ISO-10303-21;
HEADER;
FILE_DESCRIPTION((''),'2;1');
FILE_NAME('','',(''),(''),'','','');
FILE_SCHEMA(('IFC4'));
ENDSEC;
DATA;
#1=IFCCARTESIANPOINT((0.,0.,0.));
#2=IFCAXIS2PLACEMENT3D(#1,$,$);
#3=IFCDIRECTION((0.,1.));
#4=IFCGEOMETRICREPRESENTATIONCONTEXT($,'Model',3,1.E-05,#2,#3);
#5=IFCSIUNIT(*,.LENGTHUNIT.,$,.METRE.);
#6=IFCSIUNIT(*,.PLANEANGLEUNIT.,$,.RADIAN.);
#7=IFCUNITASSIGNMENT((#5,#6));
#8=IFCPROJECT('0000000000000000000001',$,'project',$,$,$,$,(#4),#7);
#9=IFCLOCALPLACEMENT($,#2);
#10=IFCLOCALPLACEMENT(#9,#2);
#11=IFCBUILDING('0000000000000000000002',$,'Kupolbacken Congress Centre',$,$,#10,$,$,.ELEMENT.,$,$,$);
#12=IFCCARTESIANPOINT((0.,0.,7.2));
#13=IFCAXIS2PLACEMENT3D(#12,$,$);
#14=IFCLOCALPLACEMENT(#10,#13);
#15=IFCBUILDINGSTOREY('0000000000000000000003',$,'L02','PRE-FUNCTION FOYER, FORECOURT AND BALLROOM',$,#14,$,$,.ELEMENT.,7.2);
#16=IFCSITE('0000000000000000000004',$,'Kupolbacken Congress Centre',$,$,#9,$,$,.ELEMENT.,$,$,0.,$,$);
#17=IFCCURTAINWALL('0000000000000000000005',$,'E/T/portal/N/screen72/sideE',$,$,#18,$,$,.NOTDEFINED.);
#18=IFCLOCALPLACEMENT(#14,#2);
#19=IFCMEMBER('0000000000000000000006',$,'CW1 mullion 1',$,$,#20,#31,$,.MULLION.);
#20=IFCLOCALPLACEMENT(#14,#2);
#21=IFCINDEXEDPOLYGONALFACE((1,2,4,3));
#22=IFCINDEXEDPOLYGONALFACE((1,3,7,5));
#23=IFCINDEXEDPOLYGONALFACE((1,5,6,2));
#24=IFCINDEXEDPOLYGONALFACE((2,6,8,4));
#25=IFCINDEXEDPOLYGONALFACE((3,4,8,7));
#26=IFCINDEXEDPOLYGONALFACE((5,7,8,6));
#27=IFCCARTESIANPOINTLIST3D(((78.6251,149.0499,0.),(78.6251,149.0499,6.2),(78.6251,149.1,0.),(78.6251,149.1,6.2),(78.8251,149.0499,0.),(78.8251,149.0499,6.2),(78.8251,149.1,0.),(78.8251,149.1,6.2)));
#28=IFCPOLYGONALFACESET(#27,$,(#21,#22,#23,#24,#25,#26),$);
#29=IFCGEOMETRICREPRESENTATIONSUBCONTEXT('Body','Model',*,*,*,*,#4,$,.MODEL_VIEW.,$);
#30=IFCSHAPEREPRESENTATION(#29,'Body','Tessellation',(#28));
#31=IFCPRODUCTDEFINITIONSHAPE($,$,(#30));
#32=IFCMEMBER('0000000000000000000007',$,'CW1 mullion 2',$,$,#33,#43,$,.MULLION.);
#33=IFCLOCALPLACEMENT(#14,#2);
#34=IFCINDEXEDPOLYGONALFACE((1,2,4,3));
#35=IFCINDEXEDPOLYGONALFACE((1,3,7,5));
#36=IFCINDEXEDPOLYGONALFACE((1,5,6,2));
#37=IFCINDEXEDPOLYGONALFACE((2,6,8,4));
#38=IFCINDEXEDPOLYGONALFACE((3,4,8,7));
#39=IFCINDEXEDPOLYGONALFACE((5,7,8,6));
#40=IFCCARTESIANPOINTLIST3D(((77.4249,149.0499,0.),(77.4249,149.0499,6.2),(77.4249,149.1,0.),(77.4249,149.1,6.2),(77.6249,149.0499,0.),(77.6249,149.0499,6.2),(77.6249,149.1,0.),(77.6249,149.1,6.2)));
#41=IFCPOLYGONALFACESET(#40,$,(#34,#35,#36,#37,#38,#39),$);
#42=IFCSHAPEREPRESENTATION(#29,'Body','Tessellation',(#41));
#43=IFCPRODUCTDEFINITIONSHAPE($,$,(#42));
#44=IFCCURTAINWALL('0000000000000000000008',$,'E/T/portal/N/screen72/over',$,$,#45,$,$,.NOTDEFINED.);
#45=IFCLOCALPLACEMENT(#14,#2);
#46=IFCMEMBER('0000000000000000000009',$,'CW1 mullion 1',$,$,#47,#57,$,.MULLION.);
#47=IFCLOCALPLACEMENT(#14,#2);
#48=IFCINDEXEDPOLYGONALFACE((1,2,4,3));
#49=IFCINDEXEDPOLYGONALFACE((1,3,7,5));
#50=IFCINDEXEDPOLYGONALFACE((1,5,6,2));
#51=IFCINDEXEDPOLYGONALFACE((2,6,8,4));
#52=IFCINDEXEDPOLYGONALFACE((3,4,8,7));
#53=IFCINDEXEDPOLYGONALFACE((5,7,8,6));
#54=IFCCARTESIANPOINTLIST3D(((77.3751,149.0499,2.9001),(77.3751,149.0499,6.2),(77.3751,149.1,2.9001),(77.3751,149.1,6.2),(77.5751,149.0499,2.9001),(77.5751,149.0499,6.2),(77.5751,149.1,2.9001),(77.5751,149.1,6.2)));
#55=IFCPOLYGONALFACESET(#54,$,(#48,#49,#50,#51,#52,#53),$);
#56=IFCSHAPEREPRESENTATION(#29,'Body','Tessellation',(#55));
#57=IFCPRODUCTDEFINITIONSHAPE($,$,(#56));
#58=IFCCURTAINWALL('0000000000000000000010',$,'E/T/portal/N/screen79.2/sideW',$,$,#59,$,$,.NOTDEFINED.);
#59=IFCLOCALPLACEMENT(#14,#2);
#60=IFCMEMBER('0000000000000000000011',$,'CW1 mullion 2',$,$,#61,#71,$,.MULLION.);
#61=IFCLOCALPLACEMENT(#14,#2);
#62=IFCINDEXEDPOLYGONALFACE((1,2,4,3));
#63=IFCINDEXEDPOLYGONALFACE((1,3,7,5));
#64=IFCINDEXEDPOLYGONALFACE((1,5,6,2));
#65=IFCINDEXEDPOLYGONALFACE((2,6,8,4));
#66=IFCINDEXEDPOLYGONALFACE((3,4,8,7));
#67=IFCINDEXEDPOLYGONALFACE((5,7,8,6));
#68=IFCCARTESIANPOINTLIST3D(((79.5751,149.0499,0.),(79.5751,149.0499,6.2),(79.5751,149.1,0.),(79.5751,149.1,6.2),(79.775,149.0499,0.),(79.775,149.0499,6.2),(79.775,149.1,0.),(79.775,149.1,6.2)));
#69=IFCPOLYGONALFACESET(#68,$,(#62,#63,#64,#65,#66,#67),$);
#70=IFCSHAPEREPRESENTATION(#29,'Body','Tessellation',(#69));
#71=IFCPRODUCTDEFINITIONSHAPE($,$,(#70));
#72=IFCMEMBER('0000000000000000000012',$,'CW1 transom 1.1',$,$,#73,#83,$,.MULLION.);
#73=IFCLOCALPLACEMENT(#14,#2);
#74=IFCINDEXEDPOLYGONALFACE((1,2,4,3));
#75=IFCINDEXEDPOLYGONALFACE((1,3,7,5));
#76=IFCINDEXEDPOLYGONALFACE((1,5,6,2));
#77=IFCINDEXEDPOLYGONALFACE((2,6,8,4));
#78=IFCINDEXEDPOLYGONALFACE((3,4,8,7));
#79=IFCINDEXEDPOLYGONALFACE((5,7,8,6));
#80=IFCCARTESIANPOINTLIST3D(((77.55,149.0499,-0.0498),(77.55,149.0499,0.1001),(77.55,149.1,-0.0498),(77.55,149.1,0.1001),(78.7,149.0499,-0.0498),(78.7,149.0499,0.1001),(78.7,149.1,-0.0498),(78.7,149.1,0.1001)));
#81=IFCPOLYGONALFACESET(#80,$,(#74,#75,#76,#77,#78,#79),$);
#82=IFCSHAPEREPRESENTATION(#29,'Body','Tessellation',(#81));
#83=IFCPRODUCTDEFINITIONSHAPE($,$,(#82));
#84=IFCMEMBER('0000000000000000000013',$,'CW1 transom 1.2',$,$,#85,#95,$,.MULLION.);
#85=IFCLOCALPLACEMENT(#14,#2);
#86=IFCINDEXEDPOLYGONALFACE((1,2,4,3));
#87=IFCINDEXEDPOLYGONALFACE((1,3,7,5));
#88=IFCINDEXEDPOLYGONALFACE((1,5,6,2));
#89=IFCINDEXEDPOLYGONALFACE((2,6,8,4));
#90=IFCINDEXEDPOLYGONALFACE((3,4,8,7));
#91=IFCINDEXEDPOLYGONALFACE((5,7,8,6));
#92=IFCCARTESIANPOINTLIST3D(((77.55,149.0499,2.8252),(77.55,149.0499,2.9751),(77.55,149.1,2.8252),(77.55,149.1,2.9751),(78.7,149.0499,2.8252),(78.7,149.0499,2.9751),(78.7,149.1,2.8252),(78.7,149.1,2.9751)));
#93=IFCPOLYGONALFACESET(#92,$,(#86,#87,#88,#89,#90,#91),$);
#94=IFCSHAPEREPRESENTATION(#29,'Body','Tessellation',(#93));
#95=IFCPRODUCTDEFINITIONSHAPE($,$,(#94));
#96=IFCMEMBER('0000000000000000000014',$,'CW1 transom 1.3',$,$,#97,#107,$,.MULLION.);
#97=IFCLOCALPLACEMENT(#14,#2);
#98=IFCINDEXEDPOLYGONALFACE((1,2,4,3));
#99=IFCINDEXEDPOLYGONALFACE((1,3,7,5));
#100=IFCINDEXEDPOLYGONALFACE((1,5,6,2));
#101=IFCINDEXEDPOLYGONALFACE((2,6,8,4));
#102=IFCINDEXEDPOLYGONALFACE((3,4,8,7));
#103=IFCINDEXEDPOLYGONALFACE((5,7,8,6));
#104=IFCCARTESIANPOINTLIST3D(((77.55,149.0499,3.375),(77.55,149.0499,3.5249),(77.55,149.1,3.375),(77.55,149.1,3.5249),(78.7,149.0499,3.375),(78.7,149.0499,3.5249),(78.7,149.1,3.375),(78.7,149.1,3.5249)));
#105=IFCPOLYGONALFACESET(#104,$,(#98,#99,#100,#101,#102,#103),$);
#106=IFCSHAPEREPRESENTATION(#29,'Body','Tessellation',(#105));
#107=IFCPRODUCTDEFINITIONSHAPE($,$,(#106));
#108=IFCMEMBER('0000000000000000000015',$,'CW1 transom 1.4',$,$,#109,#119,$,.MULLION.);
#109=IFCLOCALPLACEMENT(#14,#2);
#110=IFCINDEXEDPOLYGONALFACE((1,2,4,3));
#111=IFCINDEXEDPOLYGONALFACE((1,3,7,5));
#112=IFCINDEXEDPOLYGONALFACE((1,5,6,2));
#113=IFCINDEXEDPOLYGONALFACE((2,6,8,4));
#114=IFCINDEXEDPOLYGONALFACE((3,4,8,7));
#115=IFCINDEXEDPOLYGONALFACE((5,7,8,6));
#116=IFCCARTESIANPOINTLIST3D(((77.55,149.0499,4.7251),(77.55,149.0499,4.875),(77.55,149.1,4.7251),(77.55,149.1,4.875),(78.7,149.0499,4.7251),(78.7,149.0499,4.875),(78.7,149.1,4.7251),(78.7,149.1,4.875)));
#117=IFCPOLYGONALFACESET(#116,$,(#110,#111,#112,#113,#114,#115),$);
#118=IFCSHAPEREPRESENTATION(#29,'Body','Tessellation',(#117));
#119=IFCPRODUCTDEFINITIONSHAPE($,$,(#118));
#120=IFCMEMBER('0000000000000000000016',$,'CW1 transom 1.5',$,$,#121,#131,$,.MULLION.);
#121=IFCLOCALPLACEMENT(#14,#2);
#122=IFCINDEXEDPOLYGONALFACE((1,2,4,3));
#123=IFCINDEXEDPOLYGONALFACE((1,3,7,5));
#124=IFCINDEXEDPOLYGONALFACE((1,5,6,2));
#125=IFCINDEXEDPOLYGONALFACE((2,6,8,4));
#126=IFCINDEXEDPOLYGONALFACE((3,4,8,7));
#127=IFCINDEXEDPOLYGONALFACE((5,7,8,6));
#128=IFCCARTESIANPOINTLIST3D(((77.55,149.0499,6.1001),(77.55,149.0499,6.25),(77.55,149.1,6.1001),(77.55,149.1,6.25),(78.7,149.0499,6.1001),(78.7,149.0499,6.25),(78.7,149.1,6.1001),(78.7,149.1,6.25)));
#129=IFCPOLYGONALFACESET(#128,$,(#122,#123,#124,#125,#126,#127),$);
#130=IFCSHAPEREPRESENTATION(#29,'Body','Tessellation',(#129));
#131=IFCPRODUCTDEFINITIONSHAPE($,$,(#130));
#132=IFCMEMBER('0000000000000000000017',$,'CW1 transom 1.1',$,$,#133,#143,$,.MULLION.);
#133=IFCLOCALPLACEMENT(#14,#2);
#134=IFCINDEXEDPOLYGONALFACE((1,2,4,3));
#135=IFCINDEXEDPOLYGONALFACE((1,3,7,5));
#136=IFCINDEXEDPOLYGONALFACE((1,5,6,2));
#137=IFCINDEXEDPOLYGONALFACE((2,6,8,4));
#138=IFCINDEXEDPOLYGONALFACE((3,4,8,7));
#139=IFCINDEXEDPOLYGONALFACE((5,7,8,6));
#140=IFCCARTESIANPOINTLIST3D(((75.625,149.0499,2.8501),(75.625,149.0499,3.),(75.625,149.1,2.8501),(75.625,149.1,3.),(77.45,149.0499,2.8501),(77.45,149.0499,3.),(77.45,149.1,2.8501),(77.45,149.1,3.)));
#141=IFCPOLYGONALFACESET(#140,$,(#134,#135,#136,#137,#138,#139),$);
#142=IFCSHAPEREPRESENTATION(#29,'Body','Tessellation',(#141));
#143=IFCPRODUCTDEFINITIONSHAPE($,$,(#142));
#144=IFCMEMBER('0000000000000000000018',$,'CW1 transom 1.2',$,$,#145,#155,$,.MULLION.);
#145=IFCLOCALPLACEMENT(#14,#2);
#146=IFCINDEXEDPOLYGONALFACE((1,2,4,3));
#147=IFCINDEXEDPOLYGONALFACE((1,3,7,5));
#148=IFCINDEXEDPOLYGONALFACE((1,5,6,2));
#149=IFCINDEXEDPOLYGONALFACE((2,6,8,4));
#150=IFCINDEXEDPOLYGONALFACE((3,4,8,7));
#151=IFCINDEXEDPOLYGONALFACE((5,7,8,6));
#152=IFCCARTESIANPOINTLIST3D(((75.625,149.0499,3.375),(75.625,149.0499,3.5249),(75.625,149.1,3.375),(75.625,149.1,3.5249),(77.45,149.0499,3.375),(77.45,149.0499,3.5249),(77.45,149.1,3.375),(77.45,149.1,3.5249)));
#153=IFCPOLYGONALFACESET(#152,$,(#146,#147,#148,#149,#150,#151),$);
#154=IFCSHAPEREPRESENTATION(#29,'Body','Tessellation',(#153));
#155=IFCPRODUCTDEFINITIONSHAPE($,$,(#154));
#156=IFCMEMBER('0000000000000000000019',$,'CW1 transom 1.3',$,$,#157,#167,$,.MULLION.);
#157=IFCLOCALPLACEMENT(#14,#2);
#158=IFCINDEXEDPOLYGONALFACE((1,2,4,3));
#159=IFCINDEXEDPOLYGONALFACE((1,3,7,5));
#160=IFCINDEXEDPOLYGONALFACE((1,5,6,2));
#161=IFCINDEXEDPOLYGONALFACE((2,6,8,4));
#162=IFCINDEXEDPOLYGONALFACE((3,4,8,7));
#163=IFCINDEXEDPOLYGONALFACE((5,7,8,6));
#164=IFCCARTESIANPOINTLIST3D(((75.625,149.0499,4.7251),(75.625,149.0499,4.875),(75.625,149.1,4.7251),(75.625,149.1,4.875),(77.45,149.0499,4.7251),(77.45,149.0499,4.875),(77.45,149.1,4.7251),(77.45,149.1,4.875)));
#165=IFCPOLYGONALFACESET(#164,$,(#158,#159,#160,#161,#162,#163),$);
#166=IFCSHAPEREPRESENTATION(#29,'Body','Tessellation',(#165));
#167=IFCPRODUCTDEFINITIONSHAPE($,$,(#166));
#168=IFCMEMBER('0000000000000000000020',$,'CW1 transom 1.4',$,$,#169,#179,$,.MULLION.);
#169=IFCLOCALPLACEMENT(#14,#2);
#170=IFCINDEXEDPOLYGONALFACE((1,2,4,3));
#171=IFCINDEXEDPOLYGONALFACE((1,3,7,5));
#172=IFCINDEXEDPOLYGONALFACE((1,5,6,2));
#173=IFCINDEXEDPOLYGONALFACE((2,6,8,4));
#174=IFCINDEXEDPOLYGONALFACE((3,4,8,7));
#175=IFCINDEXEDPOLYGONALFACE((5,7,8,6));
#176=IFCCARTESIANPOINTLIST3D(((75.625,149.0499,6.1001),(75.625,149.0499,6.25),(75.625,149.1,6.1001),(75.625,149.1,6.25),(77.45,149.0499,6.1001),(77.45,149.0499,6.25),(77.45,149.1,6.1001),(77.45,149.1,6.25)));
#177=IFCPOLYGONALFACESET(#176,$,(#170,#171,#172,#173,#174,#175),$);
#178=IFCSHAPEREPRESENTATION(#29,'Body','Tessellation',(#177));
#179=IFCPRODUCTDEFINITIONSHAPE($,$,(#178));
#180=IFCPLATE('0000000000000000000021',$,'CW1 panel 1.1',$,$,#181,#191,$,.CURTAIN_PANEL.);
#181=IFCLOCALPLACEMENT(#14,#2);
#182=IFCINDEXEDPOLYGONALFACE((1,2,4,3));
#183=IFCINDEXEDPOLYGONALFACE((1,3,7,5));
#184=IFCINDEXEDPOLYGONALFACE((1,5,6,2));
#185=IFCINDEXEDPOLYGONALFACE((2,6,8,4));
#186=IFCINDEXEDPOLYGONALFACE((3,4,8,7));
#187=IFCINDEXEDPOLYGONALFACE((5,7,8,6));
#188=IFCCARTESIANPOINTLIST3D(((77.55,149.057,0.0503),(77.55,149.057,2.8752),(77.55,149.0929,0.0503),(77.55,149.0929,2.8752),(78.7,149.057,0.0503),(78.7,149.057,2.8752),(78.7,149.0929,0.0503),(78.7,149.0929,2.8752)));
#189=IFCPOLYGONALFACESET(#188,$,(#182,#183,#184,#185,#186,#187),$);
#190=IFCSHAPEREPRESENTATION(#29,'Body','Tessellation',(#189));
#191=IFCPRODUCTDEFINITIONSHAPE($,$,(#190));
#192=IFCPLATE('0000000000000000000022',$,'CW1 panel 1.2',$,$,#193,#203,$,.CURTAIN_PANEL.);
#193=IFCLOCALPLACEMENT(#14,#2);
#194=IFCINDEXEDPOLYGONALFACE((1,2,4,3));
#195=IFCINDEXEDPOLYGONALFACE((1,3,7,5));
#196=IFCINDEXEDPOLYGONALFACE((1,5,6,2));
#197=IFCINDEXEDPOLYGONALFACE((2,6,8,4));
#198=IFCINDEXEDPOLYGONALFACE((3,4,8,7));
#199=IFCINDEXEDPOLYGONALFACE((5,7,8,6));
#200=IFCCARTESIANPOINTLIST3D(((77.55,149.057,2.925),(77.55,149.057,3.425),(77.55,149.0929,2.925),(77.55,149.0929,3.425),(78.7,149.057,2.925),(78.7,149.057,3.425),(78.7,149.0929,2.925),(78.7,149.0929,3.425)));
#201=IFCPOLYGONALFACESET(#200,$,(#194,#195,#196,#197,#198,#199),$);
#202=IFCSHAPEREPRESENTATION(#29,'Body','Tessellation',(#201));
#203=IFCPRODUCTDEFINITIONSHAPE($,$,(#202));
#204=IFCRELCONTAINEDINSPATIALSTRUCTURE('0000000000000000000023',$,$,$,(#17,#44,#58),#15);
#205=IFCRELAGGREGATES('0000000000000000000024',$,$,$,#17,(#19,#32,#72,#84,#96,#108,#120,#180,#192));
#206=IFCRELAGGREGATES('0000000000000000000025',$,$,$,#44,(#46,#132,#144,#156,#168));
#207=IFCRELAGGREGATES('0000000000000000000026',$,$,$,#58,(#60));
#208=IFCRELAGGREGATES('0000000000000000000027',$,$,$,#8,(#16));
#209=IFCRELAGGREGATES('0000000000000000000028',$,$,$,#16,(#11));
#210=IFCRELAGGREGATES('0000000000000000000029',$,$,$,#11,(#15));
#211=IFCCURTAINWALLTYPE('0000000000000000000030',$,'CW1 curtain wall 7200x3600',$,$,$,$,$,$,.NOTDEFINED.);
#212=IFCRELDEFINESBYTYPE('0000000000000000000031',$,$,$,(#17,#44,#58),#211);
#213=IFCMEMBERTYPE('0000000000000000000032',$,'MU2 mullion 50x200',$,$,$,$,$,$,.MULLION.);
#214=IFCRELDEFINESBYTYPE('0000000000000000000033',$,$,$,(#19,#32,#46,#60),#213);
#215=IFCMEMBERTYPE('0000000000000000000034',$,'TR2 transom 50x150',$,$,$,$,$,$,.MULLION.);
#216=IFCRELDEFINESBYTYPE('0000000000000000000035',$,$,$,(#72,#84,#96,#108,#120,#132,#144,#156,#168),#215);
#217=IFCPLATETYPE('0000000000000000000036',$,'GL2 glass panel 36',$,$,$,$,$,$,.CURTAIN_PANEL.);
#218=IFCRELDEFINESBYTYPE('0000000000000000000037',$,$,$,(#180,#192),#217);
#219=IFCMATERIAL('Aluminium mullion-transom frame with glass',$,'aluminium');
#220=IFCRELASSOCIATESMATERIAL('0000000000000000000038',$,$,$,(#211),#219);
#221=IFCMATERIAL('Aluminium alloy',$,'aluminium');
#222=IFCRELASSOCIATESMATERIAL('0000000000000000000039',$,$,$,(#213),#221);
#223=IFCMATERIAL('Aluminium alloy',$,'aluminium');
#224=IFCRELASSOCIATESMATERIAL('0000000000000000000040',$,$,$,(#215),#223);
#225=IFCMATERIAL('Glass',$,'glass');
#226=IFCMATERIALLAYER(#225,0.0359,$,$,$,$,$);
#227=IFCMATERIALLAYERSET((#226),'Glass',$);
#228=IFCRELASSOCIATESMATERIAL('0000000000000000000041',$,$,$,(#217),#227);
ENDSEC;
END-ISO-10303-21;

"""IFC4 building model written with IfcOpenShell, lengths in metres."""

from ifc_helpers import new_model, si_unit, direction, frame, origin, origin_2d, place, context, subcontext, project, spatial, rectangle, extrude, material, layer, layer_set, material_profile, profile_set, type_object, element, aggregate, save


model = new_model("IFC4")

# Units and contexts
model_context = context("Model", 3, precision=1e-05, world=origin(), true_north=direction((0.0, 1.0)))
body_context = subcontext(model_context, "Body", "Model", "MODEL_VIEW")
ifc_project = project(units=[si_unit("LENGTHUNIT", "METRE"), si_unit("PLANEANGLEUNIT", "RADIAN")], contexts=[model_context])

# Site, building, storey
site_placement = place(None, origin())
site = spatial("IfcSite", under=ifc_project, at=site_placement, Name="Kupolbacken Congress Centre", CompositionType="ELEMENT", RefElevation=0.0)
building_placement = place(site_placement, origin())
building = spatial("IfcBuilding", under=site, at=building_placement, Name="Kupolbacken Congress Centre", CompositionType="ELEMENT")
storey_placement = place(building_placement, frame((0.0, 0.0, 7.2)))
storey = spatial("IfcBuildingStorey", under=building, at=storey_placement, Name="L02", Description="PRE-FUNCTION FOYER, FORECOURT AND BALLROOM", CompositionType="ELEMENT", Elevation=7.2)

# Curtain wall, members
ifc_material_1 = material(Name="Aluminium mullion-transom frame with glass", Category="aluminium")
curtain_wall_type = type_object("IfcCurtainWallType", Name="CW1 curtain wall 7200x3600", PredefinedType="NOTDEFINED", material=ifc_material_1)
curtain_wall_1_placement = place(storey_placement, origin())
curtain_wall_1 = element("IfcCurtainWall", 1, at=curtain_wall_1_placement, inside=storey, type_object=curtain_wall_type, Name="E/T/portal/N/screen72/sideE", PredefinedType="NOTDEFINED")
ifc_material_2 = material(Name="Aluminium alloy", Category="aluminium")
ifc_material_profile_1 = material_profile(ifc_material_2, rectangle(XDim=0.05, YDim=0.2, at=origin_2d()), Name="50 x 200")
ifc_profile_set_1 = profile_set([ifc_material_profile_1], Name="Aluminium alloy")
member_type_1 = type_object("IfcMemberType", Name="MU2 mullion 50x200", PredefinedType="MULLION", material=ifc_profile_set_1)
member_1_placement = place(storey_placement, frame((78.7251, 149.075, 0.0), z_axis=(0.0, 0.0, 1.0), x_axis=(0.0, -1.0, 0.0)))
member_1 = element("IfcMember", 2, at=member_1_placement, type_object=member_type_1, Name="CW1 mullion 1", PredefinedType="MULLION", context=body_context, shape_type="SweptSolid", body=[
    extrude(rectangle(XDim=0.05, YDim=0.2, at=origin_2d()), origin(), (0.0, 0.0, 1.0), 6.2),
])
member_2_placement = place(storey_placement, frame((77.5249, 149.075, 0.0), z_axis=(0.0, 0.0, 1.0), x_axis=(0.0, -1.0, 0.0)))
member_2 = element("IfcMember", 3, at=member_2_placement, type_object=member_type_1, Name="CW1 mullion 2", PredefinedType="MULLION", context=body_context, shape_type="SweptSolid", body=[
    extrude(rectangle(XDim=0.05, YDim=0.2, at=origin_2d()), origin(), (0.0, 0.0, 1.0), 6.2),
])

# Curtain walls, members
curtain_wall_2_placement = place(storey_placement, origin())
curtain_wall_2 = element("IfcCurtainWall", 4, at=curtain_wall_2_placement, inside=storey, type_object=curtain_wall_type, Name="E/T/portal/N/screen72/over", PredefinedType="NOTDEFINED")
member_3_placement = place(storey_placement, frame((77.4751, 149.075, 2.9001), z_axis=(0.0, 0.0, 1.0), x_axis=(0.0, -1.0, 0.0)))
member_3 = element("IfcMember", 5, at=member_3_placement, type_object=member_type_1, Name="CW1 mullion 1", PredefinedType="MULLION", context=body_context, shape_type="SweptSolid", body=[
    extrude(rectangle(XDim=0.05, YDim=0.2, at=origin_2d()), origin(), (0.0, 0.0, 1.0), 3.2998),
])
curtain_wall_3_placement = place(storey_placement, origin())
curtain_wall_3 = element("IfcCurtainWall", 6, at=curtain_wall_3_placement, inside=storey, type_object=curtain_wall_type, Name="E/T/portal/N/screen79.2/sideW", PredefinedType="NOTDEFINED")
member_4_placement = place(storey_placement, frame((79.675, 149.075, 0.0), z_axis=(0.0, 0.0, 1.0), x_axis=(0.0, -1.0, 0.0)))
member_4 = element("IfcMember", 7, at=member_4_placement, type_object=member_type_1, Name="CW1 mullion 2", PredefinedType="MULLION", context=body_context, shape_type="SweptSolid", body=[
    extrude(rectangle(XDim=0.05, YDim=0.2, at=origin_2d()), origin(), (0.0, 0.0, 1.0), 6.2),
])

# Members
ifc_material_3 = material(Name="Aluminium alloy", Category="aluminium")
ifc_material_profile_2 = material_profile(ifc_material_3, rectangle(XDim=0.05, YDim=0.1499, at=origin_2d()), Name="50 x 150")
ifc_profile_set_2 = profile_set([ifc_material_profile_2], Name="Aluminium alloy")
member_type_2 = type_object("IfcMemberType", Name="TR2 transom 50x150", PredefinedType="MULLION", material=ifc_profile_set_2)
member_5_placement = place(storey_placement, frame((78.7, 149.075, 0.0251), z_axis=(-1.0, 0.0, 0.0), x_axis=(0.0, -1.0, 0.0)))
member_5 = element("IfcMember", 8, at=member_5_placement, type_object=member_type_2, Name="CW1 transom 1.1", PredefinedType="MULLION", context=body_context, shape_type="SweptSolid", body=[
    extrude(rectangle(XDim=0.05, YDim=0.1499, at=origin_2d()), origin(), (0.0, 0.0, 1.0), 1.1499),
])
member_6_placement = place(storey_placement, frame((78.7, 149.075, 2.9001), z_axis=(-1.0, 0.0, 0.0), x_axis=(0.0, -1.0, 0.0)))
member_6 = element("IfcMember", 9, at=member_6_placement, type_object=member_type_2, Name="CW1 transom 1.2", PredefinedType="MULLION", context=body_context, shape_type="SweptSolid", body=[
    extrude(rectangle(XDim=0.05, YDim=0.1499, at=origin_2d()), origin(), (0.0, 0.0, 1.0), 1.1499),
])
member_7_placement = place(storey_placement, frame((78.7, 149.075, 3.45), z_axis=(-1.0, 0.0, 0.0), x_axis=(0.0, -1.0, 0.0)))
member_7 = element("IfcMember", 10, at=member_7_placement, type_object=member_type_2, Name="CW1 transom 1.3", PredefinedType="MULLION", context=body_context, shape_type="SweptSolid", body=[
    extrude(rectangle(XDim=0.05, YDim=0.1499, at=origin_2d()), origin(), (0.0, 0.0, 1.0), 1.1499),
])
member_8_placement = place(storey_placement, frame((78.7, 149.075, 4.8), z_axis=(-1.0, 0.0, 0.0), x_axis=(0.0, -1.0, 0.0)))
member_8 = element("IfcMember", 11, at=member_8_placement, type_object=member_type_2, Name="CW1 transom 1.4", PredefinedType="MULLION", context=body_context, shape_type="SweptSolid", body=[
    extrude(rectangle(XDim=0.05, YDim=0.1499, at=origin_2d()), origin(), (0.0, 0.0, 1.0), 1.1499),
])
member_9_placement = place(storey_placement, frame((78.7, 149.075, 6.175), z_axis=(-1.0, 0.0, 0.0), x_axis=(0.0, -1.0, 0.0)))
member_9 = element("IfcMember", 12, at=member_9_placement, type_object=member_type_2, Name="CW1 transom 1.5", PredefinedType="MULLION", context=body_context, shape_type="SweptSolid", body=[
    extrude(rectangle(XDim=0.05, YDim=0.1499, at=origin_2d()), origin(), (0.0, 0.0, 1.0), 1.1499),
])
member_10_placement = place(storey_placement, frame((77.45, 149.075, 2.925), z_axis=(-1.0, 0.0, 0.0), x_axis=(0.0, -1.0, 0.0)))
member_10 = element("IfcMember", 13, at=member_10_placement, type_object=member_type_2, Name="CW1 transom 1.1", PredefinedType="MULLION", context=body_context, shape_type="SweptSolid", body=[
    extrude(rectangle(XDim=0.05, YDim=0.1499, at=origin_2d()), origin(), (0.0, 0.0, 1.0), 1.825),
])
member_11_placement = place(storey_placement, frame((77.45, 149.075, 3.45), z_axis=(-1.0, 0.0, 0.0), x_axis=(0.0, -1.0, 0.0)))
member_11 = element("IfcMember", 14, at=member_11_placement, type_object=member_type_2, Name="CW1 transom 1.2", PredefinedType="MULLION", context=body_context, shape_type="SweptSolid", body=[
    extrude(rectangle(XDim=0.05, YDim=0.1499, at=origin_2d()), origin(), (0.0, 0.0, 1.0), 1.825),
])
member_12_placement = place(storey_placement, frame((77.45, 149.075, 4.8), z_axis=(-1.0, 0.0, 0.0), x_axis=(0.0, -1.0, 0.0)))
member_12 = element("IfcMember", 15, at=member_12_placement, type_object=member_type_2, Name="CW1 transom 1.3", PredefinedType="MULLION", context=body_context, shape_type="SweptSolid", body=[
    extrude(rectangle(XDim=0.05, YDim=0.1499, at=origin_2d()), origin(), (0.0, 0.0, 1.0), 1.825),
])
member_13_placement = place(storey_placement, frame((77.45, 149.075, 6.175), z_axis=(-1.0, 0.0, 0.0), x_axis=(0.0, -1.0, 0.0)))
member_13 = element("IfcMember", 16, at=member_13_placement, type_object=member_type_2, Name="CW1 transom 1.4", PredefinedType="MULLION", context=body_context, shape_type="SweptSolid", body=[
    extrude(rectangle(XDim=0.05, YDim=0.1499, at=origin_2d()), origin(), (0.0, 0.0, 1.0), 1.825),
])

# Plates
ifc_material_4 = material(Name="Glass", Category="glass")
ifc_layer = layer(ifc_material_4, 0.0359)
ifc_layer_set = layer_set([ifc_layer], Name="Glass")
plate_type = type_object("IfcPlateType", Name="GL2 glass panel 36", PredefinedType="CURTAIN_PANEL", material=ifc_layer_set)
plate_1_placement = place(storey_placement, frame((78.125, 149.075, 0.0503), z_axis=(0.0, 0.0, 1.0), x_axis=(-1.0, 0.0, 0.0)))
plate_1 = element("IfcPlate", 17, at=plate_1_placement, type_object=plate_type, Name="CW1 panel 1.1", PredefinedType="CURTAIN_PANEL", context=body_context, shape_type="SweptSolid", body=[
    extrude(rectangle(XDim=1.1499, YDim=0.0359, at=origin_2d()), origin(), (0.0, 0.0, 1.0), 2.825),
])
plate_2_placement = place(storey_placement, frame((78.125, 149.075, 2.925), z_axis=(0.0, 0.0, 1.0), x_axis=(-1.0, 0.0, 0.0)))
plate_2 = element("IfcPlate", 18, at=plate_2_placement, type_object=plate_type, Name="CW1 panel 1.2", PredefinedType="CURTAIN_PANEL", context=body_context, shape_type="SweptSolid", body=[
    extrude(rectangle(XDim=1.1499, YDim=0.0359, at=origin_2d()), origin(), (0.0, 0.0, 1.0), 0.5),
])
aggregate(curtain_wall_1, [member_1, member_2, member_5, member_6, member_7, member_8, member_9, plate_1, plate_2])
aggregate(curtain_wall_2, [member_3, member_10, member_11, member_12, member_13])
aggregate(curtain_wall_3, [member_4])

save(model, "model.ifc")
